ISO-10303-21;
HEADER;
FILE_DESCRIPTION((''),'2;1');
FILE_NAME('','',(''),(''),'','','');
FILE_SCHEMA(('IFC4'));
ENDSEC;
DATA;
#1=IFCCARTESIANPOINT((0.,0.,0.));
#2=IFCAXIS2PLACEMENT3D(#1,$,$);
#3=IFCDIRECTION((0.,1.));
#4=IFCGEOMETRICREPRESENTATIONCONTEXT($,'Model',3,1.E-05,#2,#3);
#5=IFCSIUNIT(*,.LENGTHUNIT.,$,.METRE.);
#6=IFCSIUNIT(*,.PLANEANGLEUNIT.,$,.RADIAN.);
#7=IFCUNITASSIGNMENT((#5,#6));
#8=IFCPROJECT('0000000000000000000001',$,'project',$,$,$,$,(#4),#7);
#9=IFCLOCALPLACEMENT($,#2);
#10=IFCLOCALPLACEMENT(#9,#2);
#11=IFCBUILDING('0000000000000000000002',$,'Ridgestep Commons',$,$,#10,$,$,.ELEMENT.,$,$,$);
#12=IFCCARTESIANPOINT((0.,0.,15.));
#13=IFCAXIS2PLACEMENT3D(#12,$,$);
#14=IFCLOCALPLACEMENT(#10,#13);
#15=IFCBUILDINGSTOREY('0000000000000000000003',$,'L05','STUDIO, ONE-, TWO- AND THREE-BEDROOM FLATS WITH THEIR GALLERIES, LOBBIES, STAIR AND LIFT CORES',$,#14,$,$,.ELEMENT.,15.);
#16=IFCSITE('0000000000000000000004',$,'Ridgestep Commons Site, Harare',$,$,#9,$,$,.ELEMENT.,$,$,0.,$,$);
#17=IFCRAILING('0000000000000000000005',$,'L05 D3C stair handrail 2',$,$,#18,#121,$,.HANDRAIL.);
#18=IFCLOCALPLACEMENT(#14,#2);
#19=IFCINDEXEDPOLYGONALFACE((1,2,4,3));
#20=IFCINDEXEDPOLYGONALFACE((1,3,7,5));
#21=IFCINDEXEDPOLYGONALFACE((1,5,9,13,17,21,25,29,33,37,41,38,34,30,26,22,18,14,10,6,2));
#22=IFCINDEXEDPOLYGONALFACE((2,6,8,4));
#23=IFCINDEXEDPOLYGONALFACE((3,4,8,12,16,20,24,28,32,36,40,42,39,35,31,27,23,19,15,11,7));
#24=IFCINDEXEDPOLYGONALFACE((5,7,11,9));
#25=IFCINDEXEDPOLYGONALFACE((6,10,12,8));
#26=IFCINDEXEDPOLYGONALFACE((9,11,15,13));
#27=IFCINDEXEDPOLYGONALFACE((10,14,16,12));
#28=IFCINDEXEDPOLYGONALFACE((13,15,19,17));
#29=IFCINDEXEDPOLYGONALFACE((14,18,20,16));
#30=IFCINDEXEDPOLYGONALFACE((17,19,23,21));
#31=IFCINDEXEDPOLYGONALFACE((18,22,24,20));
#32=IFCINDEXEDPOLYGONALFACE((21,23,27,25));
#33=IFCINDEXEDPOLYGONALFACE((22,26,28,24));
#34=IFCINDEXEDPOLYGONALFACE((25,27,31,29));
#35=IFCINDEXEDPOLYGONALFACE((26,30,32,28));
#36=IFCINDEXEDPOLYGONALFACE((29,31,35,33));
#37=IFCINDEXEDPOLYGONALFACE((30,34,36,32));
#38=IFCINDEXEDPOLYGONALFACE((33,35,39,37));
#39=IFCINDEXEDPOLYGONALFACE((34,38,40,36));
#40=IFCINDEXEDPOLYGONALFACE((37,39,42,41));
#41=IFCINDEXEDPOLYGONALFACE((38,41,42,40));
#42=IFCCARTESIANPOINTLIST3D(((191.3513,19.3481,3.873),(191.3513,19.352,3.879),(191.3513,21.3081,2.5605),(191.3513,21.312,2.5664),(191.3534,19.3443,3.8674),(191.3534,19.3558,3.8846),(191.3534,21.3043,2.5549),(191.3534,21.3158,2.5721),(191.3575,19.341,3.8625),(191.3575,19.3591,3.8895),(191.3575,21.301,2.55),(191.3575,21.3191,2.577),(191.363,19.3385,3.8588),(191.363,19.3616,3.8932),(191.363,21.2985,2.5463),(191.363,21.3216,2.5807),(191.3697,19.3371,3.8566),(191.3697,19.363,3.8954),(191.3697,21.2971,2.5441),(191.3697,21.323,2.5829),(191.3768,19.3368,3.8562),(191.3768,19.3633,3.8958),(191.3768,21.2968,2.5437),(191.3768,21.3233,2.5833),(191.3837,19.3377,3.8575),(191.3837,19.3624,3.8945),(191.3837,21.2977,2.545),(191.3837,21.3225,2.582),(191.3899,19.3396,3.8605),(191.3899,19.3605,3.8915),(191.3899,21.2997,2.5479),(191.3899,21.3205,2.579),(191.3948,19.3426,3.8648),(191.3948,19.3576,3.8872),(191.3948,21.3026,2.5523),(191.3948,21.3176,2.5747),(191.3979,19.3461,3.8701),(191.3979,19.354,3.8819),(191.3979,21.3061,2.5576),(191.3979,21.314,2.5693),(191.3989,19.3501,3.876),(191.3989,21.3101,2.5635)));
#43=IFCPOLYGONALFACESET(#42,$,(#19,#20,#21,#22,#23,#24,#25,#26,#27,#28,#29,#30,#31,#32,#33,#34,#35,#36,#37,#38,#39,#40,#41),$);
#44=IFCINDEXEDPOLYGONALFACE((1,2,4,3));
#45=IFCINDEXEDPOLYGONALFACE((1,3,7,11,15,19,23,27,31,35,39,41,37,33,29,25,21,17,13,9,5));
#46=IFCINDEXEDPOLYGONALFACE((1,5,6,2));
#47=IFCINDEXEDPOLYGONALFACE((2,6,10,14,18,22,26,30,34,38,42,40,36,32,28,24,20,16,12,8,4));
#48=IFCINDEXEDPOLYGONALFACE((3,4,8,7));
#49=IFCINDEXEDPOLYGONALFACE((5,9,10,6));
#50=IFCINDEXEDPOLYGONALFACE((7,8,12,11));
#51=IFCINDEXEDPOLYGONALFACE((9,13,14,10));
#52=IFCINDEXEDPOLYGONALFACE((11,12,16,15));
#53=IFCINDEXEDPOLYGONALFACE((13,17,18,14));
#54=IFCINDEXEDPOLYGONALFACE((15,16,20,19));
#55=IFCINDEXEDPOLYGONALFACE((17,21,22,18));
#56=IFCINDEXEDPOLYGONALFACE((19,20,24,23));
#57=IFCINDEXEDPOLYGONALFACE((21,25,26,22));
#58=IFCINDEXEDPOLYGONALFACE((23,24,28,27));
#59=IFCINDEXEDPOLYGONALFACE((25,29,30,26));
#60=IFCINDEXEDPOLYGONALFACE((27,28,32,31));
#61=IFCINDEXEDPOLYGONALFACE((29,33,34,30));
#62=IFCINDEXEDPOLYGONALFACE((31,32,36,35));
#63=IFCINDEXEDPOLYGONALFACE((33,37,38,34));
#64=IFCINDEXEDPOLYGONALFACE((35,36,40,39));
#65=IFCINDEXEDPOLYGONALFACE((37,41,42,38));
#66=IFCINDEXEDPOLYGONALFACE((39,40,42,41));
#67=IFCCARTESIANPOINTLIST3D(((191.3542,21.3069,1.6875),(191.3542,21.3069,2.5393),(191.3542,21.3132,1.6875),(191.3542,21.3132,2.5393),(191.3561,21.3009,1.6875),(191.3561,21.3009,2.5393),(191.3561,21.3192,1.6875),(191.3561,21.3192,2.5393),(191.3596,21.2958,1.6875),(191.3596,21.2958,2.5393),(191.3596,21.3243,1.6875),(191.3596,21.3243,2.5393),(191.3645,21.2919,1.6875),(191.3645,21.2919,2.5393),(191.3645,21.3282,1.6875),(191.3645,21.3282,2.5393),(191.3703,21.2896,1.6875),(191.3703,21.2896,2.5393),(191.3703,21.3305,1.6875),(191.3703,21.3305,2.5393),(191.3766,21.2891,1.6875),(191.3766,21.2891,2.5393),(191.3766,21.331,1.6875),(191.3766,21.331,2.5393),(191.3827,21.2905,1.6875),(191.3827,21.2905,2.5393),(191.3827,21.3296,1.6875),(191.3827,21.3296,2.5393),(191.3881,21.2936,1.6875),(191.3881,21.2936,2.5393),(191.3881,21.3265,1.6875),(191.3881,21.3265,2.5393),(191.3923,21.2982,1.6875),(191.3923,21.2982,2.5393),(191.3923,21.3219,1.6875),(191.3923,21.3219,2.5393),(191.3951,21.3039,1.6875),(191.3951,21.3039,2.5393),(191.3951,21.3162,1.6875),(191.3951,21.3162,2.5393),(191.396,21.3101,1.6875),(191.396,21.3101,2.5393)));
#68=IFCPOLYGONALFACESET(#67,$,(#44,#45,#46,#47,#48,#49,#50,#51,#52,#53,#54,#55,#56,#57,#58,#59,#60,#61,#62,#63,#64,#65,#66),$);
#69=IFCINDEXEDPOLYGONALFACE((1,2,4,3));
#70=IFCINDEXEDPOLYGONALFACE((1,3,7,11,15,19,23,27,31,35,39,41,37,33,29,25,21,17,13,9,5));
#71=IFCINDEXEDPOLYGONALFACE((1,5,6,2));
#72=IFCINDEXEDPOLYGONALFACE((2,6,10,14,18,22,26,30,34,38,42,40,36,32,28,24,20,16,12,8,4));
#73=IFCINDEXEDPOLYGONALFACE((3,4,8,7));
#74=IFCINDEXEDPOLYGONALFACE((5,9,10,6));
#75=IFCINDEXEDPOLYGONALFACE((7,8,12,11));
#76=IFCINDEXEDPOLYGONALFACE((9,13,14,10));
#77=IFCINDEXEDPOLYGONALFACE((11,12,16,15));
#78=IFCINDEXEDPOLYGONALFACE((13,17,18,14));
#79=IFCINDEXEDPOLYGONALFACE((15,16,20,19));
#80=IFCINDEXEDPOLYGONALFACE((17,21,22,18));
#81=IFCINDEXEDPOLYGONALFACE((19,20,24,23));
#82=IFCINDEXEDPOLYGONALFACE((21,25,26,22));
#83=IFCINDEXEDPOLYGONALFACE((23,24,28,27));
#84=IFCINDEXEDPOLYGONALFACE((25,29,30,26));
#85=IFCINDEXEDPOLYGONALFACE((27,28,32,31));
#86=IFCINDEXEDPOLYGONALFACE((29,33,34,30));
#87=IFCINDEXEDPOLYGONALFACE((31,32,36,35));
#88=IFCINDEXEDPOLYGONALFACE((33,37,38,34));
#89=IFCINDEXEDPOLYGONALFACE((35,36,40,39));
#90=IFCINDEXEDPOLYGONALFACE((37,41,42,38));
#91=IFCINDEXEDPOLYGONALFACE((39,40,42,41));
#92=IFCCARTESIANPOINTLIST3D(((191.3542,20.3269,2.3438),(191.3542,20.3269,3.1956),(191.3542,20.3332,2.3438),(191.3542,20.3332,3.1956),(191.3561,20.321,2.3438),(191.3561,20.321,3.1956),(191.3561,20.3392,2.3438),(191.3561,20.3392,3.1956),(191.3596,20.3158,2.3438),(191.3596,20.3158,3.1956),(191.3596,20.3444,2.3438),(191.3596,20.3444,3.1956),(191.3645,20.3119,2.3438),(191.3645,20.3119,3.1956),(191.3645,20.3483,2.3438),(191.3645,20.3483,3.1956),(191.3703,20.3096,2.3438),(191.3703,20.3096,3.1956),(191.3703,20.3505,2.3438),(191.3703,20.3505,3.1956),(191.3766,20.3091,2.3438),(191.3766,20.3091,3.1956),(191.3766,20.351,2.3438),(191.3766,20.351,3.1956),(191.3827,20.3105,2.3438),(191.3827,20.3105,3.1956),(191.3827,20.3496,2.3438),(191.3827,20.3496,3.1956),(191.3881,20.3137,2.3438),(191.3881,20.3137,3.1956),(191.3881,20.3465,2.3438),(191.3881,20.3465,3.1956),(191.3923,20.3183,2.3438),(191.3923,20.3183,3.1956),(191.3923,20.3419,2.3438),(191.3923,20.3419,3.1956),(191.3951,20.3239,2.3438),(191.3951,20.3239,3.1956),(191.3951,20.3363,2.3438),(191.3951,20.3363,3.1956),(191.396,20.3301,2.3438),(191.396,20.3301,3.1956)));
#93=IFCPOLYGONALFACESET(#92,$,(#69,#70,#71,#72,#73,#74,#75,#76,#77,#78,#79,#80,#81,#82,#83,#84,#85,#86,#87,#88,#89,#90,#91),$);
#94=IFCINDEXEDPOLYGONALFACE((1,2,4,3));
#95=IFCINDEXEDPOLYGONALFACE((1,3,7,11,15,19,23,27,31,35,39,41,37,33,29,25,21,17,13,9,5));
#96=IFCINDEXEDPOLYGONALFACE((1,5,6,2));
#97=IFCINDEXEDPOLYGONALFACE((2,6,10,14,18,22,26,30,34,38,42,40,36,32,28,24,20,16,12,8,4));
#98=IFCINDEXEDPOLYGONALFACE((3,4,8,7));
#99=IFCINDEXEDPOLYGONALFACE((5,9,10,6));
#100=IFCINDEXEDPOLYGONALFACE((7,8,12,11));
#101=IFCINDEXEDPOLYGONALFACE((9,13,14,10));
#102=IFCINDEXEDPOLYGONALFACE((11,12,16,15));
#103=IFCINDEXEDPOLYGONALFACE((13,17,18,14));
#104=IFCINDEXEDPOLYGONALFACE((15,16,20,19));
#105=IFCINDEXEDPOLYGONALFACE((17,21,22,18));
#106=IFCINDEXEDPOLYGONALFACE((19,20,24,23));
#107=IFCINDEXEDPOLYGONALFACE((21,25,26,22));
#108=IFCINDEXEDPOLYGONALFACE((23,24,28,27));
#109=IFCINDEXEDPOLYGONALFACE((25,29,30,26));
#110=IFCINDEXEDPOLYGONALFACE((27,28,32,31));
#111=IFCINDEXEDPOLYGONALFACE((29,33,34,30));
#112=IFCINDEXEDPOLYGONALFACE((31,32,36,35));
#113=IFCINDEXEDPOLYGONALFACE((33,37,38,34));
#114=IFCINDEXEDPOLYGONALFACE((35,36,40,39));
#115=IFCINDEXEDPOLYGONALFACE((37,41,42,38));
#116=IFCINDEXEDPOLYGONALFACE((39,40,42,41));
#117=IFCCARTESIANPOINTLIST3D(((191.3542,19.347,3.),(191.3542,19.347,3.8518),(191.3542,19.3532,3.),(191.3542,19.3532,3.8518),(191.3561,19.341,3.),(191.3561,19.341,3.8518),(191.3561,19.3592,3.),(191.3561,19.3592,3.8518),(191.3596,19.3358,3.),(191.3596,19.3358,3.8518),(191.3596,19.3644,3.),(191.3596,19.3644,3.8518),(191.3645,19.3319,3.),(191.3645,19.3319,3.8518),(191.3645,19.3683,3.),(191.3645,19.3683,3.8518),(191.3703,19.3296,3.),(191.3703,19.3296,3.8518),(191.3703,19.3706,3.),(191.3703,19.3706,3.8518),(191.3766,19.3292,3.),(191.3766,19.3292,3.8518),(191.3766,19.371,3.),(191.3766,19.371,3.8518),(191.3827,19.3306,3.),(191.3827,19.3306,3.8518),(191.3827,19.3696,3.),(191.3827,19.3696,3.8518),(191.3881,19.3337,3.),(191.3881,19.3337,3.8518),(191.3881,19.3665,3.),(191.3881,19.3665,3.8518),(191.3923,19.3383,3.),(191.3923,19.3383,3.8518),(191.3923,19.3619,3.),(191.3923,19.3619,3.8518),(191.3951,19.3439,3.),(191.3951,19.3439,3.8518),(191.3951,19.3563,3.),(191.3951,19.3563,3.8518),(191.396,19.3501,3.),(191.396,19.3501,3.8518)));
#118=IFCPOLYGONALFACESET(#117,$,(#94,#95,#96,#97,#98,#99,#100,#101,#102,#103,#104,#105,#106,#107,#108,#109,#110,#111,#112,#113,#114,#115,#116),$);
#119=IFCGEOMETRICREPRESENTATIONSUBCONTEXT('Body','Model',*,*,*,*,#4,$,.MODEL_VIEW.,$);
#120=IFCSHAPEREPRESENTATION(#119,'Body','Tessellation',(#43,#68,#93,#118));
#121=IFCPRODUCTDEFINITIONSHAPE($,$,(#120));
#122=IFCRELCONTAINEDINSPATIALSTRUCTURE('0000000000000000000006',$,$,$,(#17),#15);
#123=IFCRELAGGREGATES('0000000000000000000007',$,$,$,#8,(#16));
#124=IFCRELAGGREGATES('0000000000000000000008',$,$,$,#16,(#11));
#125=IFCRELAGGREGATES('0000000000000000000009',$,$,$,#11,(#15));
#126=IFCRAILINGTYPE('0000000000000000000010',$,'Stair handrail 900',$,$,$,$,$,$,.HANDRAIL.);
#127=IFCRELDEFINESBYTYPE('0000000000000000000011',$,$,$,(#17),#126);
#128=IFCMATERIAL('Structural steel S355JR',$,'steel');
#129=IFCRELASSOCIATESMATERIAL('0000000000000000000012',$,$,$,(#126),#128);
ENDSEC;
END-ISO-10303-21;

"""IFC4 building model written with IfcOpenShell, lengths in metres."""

from ifc_helpers import new_model, si_unit, direction, frame, origin, origin_2d, place, context, subcontext, project, spatial, circle, extrude, material, type_object, element, save


model = new_model("IFC4")

# Units and contexts
model_context = context("Model", 3, precision=1e-05, world=origin(), true_north=direction((0.0, 1.0)))
body_context = subcontext(model_context, "Body", "Model", "MODEL_VIEW")
ifc_project = project(units=[si_unit("LENGTHUNIT", "METRE"), si_unit("PLANEANGLEUNIT", "RADIAN")], contexts=[model_context])

# Site, building, storey
site_placement = place(None, origin())
site = spatial("IfcSite", under=ifc_project, at=site_placement, Name="Ridgestep Commons Site, Harare", CompositionType="ELEMENT", RefElevation=0.0)
building_placement = place(site_placement, origin())
building = spatial("IfcBuilding", under=site, at=building_placement, Name="Ridgestep Commons", CompositionType="ELEMENT")
storey_placement = place(building_placement, frame((0.0, 0.0, 15.0)))
storey = spatial("IfcBuildingStorey", under=building, at=storey_placement, Name="L05", Description="STUDIO, ONE-, TWO- AND THREE-BEDROOM FLATS WITH THEIR GALLERIES, LOBBIES, STAIR AND LIFT CORES", CompositionType="ELEMENT", Elevation=15.0)

# Railing
ifc_material_1 = material(Name="Structural steel S355JR", Category="steel")
railing_type_1 = type_object("IfcRailingType", Name="Stair handrail 900", PredefinedType="HANDRAIL", material=ifc_material_1)
railing_1_placement = place(storey_placement, frame((191.375, 21.3101, 1.6875)))
element("IfcRailing", 1, at=railing_1_placement, inside=storey, type_object=railing_type_1, Name="L05 D3C stair handrail 2", PredefinedType="HANDRAIL", context=body_context, shape_type="SweptSolid", body=[
    extrude(circle(Radius=0.0239, at=origin_2d()), frame((0.0, 0.0, 0.876), z_axis=(0.0, -0.830902, 0.556419), x_axis=(1.0, 0.0, 0.0)), (0.0, 0.0, 1.0), 2.3589),
    extrude(circle(Radius=0.021, at=origin_2d()), origin(), (0.0, 0.0, 1.0), 0.8518),
    extrude(circle(Radius=0.021, at=origin_2d()), frame((0.0, -0.98, 0.6562)), (0.0, 0.0, 1.0), 0.8518),
    extrude(circle(Radius=0.021, at=origin_2d()), frame((0.0, -1.96, 1.3125)), (0.0, 0.0, 1.0), 0.8518),
])

save(model, "model.ifc")
